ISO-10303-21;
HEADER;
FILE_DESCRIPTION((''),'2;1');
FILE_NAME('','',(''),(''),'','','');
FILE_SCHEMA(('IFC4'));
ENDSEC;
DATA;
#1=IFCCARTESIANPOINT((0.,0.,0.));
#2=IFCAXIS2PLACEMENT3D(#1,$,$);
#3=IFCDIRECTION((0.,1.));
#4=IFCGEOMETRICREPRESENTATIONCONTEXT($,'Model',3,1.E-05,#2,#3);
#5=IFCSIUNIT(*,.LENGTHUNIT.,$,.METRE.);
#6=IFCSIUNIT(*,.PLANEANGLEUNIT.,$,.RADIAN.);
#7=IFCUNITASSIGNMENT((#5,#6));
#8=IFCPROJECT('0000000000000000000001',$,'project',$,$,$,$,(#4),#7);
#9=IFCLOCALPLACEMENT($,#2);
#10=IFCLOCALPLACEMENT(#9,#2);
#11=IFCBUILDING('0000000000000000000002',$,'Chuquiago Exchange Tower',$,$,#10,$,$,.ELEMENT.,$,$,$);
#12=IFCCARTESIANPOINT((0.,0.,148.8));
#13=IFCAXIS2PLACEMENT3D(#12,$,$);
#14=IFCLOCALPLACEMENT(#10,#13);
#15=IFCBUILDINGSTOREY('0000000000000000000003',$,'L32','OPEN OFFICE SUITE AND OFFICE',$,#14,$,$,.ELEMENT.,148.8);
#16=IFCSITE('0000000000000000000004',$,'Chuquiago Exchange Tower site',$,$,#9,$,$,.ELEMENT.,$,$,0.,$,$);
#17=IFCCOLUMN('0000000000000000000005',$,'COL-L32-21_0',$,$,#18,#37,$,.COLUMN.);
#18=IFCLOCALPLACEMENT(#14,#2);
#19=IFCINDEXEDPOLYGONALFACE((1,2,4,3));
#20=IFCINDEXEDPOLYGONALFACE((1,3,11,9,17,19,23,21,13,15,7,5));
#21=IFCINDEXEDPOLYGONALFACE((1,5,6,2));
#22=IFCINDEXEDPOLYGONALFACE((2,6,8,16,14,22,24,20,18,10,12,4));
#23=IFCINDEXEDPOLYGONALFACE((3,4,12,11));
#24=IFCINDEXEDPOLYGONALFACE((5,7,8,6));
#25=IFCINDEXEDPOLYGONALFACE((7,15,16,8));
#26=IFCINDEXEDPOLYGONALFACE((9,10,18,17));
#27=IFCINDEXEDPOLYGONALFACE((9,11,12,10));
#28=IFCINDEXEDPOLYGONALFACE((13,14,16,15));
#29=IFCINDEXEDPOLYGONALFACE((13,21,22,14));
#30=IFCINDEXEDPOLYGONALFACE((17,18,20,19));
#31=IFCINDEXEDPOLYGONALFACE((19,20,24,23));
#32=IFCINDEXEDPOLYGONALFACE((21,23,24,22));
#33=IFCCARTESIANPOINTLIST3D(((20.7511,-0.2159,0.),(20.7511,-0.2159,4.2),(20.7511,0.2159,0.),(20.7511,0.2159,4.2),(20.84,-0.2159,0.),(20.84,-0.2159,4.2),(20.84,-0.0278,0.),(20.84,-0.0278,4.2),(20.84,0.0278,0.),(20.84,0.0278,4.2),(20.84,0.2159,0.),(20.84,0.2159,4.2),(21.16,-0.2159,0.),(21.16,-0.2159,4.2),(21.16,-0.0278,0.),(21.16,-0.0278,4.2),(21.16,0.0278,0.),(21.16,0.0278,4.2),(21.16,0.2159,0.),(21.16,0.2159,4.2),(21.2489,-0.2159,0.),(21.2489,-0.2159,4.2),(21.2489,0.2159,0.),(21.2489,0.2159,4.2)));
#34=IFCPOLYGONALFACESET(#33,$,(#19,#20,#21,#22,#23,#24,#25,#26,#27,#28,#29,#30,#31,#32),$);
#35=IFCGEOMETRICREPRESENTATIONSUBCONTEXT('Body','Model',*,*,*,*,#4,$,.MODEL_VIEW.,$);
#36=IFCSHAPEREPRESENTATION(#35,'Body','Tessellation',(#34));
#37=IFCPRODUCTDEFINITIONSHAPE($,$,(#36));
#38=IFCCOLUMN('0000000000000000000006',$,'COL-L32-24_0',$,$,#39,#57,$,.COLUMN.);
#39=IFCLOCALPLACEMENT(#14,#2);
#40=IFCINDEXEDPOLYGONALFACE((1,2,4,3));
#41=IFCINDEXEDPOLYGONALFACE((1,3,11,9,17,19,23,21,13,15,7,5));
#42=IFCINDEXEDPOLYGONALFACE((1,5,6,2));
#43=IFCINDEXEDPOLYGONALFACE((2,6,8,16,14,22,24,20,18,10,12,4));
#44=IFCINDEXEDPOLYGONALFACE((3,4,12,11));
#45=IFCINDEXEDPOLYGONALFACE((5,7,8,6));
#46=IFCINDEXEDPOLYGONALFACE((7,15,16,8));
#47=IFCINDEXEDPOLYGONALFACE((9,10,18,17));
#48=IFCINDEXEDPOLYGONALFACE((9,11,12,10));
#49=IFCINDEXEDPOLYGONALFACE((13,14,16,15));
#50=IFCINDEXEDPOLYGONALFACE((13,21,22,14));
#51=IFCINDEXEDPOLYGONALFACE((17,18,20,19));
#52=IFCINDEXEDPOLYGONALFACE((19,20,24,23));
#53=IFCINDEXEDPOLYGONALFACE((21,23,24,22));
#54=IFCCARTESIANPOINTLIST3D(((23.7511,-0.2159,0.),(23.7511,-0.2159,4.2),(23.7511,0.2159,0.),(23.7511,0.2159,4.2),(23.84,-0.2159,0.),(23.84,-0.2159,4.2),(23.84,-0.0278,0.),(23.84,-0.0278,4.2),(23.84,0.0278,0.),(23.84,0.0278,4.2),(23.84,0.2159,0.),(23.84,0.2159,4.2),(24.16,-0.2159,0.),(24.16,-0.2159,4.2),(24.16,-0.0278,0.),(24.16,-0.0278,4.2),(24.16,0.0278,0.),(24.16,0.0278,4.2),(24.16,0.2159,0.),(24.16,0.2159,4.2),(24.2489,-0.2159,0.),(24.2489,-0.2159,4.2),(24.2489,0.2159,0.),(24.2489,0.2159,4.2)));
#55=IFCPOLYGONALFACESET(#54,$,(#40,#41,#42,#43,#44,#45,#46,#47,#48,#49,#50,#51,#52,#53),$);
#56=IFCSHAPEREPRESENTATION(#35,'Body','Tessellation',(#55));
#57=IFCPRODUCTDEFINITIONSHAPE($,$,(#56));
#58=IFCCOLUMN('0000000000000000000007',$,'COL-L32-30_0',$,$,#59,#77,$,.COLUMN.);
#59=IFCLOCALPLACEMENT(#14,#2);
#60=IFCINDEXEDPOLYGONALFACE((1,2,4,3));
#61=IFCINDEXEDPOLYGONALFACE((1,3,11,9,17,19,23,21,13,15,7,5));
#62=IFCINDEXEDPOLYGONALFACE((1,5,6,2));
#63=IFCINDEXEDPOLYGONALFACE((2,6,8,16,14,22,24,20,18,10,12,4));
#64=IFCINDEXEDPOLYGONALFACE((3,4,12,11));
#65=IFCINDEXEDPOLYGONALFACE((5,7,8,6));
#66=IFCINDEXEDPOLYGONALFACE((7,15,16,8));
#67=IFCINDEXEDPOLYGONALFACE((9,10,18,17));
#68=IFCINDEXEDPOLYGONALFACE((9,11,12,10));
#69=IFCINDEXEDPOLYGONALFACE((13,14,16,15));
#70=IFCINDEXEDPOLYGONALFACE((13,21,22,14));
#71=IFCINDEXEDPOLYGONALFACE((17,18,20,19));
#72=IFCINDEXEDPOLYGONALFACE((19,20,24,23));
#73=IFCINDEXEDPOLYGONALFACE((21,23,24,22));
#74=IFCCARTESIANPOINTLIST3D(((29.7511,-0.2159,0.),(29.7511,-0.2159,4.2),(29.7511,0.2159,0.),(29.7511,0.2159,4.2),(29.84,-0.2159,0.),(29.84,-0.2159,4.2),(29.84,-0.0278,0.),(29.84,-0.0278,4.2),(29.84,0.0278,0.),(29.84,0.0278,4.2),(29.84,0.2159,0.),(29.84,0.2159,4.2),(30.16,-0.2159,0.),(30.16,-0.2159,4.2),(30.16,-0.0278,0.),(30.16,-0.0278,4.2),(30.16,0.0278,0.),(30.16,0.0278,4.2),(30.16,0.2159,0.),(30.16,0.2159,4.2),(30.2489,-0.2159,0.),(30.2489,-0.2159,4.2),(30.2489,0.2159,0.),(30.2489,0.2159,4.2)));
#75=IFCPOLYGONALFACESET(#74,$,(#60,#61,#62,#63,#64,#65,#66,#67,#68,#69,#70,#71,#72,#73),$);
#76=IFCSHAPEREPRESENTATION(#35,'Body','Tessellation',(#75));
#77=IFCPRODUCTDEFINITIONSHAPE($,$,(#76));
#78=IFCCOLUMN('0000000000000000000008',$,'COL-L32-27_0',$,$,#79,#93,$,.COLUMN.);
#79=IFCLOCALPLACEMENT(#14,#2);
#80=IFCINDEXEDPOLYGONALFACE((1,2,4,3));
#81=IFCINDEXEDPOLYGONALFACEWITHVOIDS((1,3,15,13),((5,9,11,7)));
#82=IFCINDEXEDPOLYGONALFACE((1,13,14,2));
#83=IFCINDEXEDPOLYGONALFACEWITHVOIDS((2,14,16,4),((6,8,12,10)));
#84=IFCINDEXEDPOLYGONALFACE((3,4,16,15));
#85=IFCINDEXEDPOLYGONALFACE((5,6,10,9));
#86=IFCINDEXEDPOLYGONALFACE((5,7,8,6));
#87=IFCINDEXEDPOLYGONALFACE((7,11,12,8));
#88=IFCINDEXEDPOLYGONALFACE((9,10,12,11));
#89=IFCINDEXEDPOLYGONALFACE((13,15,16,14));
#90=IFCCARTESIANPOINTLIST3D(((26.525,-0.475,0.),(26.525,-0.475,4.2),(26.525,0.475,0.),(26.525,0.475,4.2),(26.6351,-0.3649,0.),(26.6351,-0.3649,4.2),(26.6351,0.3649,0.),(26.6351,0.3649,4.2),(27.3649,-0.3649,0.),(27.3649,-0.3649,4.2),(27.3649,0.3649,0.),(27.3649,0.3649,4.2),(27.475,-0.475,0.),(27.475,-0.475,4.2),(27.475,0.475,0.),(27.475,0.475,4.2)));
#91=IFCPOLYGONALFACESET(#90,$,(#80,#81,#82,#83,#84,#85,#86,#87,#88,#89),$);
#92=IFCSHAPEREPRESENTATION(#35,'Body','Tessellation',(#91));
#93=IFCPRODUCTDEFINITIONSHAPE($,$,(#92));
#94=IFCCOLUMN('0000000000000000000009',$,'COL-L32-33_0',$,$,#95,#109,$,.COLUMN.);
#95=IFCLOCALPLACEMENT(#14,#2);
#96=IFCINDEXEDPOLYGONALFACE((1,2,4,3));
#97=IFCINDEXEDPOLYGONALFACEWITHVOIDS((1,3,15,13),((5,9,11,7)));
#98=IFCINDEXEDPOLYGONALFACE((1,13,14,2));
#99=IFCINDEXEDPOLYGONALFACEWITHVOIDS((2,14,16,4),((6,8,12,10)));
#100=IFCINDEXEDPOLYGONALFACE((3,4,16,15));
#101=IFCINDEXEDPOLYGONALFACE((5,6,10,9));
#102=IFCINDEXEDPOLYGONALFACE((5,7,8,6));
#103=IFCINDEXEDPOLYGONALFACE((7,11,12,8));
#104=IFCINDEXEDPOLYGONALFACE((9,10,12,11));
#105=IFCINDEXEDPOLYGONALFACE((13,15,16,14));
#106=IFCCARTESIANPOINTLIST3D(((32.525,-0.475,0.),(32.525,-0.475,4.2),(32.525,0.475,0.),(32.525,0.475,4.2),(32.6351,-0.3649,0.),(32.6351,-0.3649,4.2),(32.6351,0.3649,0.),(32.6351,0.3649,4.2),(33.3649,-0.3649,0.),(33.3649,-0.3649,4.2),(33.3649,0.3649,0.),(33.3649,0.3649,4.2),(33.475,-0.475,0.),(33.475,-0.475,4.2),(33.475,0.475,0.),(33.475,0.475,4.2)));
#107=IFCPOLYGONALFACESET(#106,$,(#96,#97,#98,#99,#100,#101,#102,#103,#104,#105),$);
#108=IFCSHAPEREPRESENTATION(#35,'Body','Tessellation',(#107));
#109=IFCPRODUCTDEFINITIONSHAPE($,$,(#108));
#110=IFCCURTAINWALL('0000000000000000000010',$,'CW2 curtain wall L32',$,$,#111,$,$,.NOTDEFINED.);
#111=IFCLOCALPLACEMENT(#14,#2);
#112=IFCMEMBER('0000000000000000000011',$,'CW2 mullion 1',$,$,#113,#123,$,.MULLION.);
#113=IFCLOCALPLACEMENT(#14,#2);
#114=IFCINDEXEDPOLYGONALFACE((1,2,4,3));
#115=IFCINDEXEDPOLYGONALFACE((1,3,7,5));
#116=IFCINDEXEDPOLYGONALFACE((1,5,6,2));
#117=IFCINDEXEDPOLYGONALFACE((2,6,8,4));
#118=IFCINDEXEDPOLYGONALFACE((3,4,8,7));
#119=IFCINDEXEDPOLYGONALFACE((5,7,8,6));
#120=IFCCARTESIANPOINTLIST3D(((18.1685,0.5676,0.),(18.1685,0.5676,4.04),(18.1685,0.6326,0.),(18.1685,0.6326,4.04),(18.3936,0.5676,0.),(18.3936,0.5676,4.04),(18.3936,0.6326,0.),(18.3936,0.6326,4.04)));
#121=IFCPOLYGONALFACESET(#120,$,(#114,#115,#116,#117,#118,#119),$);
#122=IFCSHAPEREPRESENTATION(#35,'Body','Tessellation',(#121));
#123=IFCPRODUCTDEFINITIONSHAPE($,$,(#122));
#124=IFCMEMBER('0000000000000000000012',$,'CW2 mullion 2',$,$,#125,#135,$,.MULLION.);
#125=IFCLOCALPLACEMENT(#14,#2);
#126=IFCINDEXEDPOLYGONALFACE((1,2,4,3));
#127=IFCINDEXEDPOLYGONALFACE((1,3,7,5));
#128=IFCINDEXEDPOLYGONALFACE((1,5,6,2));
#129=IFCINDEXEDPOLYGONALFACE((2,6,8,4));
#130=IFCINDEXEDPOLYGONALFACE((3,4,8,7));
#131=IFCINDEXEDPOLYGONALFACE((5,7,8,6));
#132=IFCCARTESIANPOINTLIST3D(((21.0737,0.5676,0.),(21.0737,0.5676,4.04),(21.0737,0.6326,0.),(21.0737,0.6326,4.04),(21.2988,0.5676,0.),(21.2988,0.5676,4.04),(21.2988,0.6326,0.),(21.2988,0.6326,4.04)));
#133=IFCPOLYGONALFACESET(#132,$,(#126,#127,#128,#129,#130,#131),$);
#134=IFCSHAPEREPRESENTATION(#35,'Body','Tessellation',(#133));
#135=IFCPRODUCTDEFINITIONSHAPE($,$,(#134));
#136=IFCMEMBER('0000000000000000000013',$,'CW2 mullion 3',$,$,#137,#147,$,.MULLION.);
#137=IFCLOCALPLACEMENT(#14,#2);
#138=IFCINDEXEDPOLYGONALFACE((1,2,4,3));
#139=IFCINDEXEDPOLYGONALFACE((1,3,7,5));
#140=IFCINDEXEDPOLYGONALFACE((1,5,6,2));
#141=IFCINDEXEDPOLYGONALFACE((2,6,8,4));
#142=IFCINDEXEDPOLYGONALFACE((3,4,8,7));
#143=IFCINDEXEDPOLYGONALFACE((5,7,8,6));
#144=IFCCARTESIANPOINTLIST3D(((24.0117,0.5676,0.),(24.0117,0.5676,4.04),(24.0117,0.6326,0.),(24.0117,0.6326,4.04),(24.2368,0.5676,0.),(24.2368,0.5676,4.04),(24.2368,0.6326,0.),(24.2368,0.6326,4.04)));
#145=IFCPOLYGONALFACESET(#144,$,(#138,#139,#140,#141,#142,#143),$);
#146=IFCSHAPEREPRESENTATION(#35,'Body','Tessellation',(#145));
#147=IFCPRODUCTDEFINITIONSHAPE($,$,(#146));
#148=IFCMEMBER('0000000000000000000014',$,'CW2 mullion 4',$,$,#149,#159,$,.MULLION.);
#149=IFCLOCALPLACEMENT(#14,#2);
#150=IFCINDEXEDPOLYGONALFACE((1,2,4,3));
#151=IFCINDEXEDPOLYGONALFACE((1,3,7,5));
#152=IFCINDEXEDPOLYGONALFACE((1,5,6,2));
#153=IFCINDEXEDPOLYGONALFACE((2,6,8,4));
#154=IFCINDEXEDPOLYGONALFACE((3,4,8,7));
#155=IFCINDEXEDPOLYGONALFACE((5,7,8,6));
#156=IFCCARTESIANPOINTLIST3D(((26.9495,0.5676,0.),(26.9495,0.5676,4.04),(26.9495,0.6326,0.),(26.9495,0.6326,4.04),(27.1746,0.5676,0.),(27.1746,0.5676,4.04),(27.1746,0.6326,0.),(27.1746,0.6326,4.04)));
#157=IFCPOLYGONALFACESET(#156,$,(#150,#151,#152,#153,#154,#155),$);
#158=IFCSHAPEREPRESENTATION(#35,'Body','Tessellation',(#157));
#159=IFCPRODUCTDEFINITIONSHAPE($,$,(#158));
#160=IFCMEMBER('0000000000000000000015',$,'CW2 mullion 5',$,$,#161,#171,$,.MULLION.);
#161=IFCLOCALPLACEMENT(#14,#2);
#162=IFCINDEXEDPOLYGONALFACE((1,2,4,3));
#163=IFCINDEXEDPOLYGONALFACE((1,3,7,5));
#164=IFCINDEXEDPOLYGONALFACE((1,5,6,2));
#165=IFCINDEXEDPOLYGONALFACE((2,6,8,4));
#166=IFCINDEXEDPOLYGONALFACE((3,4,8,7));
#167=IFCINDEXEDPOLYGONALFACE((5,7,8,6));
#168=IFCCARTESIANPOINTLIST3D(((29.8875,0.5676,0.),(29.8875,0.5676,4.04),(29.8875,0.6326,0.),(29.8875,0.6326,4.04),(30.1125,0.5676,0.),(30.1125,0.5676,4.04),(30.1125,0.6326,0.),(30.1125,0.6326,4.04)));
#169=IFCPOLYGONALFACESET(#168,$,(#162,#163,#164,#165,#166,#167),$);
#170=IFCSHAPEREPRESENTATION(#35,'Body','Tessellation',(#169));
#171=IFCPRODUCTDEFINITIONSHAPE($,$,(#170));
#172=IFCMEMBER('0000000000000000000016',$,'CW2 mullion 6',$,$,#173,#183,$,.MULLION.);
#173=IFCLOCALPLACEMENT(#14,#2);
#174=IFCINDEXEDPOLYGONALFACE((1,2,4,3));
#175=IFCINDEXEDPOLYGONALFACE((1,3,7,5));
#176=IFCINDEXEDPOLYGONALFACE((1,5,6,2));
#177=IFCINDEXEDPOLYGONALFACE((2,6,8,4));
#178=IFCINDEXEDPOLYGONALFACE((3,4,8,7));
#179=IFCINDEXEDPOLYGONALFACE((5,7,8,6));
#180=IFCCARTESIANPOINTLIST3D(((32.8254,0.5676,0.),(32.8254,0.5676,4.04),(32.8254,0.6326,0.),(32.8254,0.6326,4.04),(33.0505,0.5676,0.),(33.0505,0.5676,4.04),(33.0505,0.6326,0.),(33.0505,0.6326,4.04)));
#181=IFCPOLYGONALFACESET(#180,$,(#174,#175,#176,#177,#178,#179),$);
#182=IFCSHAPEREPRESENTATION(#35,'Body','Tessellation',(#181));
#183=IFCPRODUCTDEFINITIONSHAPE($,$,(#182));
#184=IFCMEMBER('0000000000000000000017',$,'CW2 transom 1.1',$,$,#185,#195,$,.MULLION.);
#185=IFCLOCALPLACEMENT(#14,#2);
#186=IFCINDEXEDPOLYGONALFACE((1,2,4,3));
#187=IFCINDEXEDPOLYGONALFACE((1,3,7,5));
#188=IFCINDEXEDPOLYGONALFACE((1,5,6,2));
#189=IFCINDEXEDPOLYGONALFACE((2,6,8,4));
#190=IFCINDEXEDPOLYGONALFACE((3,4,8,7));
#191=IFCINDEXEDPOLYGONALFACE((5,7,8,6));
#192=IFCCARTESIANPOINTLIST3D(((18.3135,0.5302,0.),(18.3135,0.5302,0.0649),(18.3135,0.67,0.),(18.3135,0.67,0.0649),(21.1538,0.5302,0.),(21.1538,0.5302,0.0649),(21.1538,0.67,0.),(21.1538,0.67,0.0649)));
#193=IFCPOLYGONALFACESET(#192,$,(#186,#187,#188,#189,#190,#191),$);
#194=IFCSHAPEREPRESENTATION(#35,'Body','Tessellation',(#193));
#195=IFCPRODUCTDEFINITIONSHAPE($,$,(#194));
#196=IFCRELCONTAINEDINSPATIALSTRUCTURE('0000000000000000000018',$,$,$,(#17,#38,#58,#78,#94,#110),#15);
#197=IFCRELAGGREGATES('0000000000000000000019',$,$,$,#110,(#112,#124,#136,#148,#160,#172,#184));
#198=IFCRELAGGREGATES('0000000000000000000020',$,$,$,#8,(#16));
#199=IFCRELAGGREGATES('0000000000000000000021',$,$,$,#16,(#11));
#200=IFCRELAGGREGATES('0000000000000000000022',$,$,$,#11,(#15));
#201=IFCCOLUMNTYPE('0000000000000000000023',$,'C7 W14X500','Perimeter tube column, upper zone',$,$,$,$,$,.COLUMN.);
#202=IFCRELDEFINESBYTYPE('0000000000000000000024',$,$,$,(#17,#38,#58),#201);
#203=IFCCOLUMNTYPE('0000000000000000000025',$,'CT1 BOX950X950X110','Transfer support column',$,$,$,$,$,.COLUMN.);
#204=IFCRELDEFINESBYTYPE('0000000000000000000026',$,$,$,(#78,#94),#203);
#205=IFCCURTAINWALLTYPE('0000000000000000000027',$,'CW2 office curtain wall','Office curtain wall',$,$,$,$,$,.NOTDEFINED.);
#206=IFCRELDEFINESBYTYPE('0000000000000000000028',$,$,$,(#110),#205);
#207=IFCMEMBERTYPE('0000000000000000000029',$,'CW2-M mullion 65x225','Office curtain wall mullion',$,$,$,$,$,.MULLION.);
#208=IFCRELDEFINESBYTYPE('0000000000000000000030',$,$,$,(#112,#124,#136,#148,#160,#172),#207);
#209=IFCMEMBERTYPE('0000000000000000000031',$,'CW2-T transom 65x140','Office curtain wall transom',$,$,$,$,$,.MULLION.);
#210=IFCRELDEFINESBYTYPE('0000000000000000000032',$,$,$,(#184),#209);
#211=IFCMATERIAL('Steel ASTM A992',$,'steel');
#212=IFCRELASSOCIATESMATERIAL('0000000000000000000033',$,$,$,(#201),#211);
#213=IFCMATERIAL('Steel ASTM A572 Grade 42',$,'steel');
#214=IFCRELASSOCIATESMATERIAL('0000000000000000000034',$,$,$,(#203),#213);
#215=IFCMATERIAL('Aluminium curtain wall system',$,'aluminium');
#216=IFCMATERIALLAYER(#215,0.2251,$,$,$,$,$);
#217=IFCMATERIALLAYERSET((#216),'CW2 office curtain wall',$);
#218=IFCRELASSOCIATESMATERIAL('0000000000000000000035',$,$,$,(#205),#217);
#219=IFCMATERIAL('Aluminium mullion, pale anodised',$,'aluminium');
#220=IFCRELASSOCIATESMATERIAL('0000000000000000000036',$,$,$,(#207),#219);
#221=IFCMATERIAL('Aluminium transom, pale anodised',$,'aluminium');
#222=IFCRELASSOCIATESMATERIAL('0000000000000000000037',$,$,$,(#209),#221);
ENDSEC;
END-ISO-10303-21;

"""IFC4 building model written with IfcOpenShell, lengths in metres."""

from ifc_helpers import new_model, si_unit, direction, frame, origin, origin_2d, place, context, subcontext, project, spatial, rectangle, hollow_rectangle, i_section, extrude, material, layer, layer_set, material_profile, profile_set, type_object, element, aggregate, save


model = new_model("IFC4")

# Units and contexts
model_context = context("Model", 3, precision=1e-05, world=origin(), true_north=direction((0.0, 1.0)))
body_context = subcontext(model_context, "Body", "Model", "MODEL_VIEW")
ifc_project = project(units=[si_unit("LENGTHUNIT", "METRE"), si_unit("PLANEANGLEUNIT", "RADIAN")], contexts=[model_context])

# Site, building, storey
site_placement = place(None, origin())
site = spatial("IfcSite", under=ifc_project, at=site_placement, Name="Chuquiago Exchange Tower site", CompositionType="ELEMENT", RefElevation=0.0)
building_placement = place(site_placement, origin())
building = spatial("IfcBuilding", under=site, at=building_placement, Name="Chuquiago Exchange Tower", CompositionType="ELEMENT")
storey_placement = place(building_placement, frame((0.0, 0.0, 148.8)))
storey = spatial("IfcBuildingStorey", under=building, at=storey_placement, Name="L32", Description="OPEN OFFICE SUITE AND OFFICE", CompositionType="ELEMENT", Elevation=148.8)

# Columns
ifc_material_1 = material(Name="Steel ASTM A992", Category="steel")
ifc_material_profile_1 = material_profile(ifc_material_1, i_section(OverallWidth=0.4319, OverallDepth=0.4978, WebThickness=0.0557, FlangeThickness=0.0889, at=origin_2d()), Name="W14X500")
ifc_profile_set_1 = profile_set([ifc_material_profile_1], Name="Steel ASTM A992")
column_type_1 = type_object("IfcColumnType", Name="C7 W14X500", Description="Perimeter tube column, upper zone", PredefinedType="COLUMN", material=ifc_profile_set_1)
for number, where, z_axis, x_axis, name in (
    (1, (21.0, 0.0, 0.0), (0.0, 0.0, 1.0), (0.0, -1.0, 0.0), "COL-L32-21_0"),
    (2, (24.0, 0.0, 0.0), (0.0, 0.0, 1.0), (0.0, -1.0, 0.0), "COL-L32-24_0"),
    (3, (30.0, 0.0, 0.0), (0.0, 0.0, 1.0), (0.0, -1.0, 0.0), "COL-L32-30_0"),
):
    element("IfcColumn", number, at=place(storey_placement, frame(where, z_axis=z_axis, x_axis=x_axis)), inside=storey, type_object=column_type_1, Name=name, PredefinedType="COLUMN", context=body_context, shape_type="SweptSolid", body=[
        extrude(i_section(OverallWidth=0.4319, OverallDepth=0.4978, WebThickness=0.0557, FlangeThickness=0.0889, at=origin_2d()), origin(), (0.0, 0.0, 1.0), 4.2),
    ])
ifc_material_2 = material(Name="Steel ASTM A572 Grade 42", Category="steel")
ifc_material_profile_2 = material_profile(ifc_material_2, hollow_rectangle(XDim=0.95, YDim=0.95, WallThickness=0.1101, at=origin_2d()), Name="BOX950X950X110")
ifc_profile_set_2 = profile_set([ifc_material_profile_2], Name="Steel ASTM A572 Grade 42")
column_type_2 = type_object("IfcColumnType", Name="CT1 BOX950X950X110", Description="Transfer support column", PredefinedType="COLUMN", material=ifc_profile_set_2)
for number, where, z_axis, x_axis, name in (
    (4, (27.0, 0.0, 0.0), (0.0, 0.0, 1.0), (0.0, -1.0, 0.0), "COL-L32-27_0"),
    (5, (33.0, 0.0, 0.0), (0.0, 0.0, 1.0), (0.0, -1.0, 0.0), "COL-L32-33_0"),
):
    element("IfcColumn", number, at=place(storey_placement, frame(where, z_axis=z_axis, x_axis=x_axis)), inside=storey, type_object=column_type_2, Name=name, PredefinedType="COLUMN", context=body_context, shape_type="SweptSolid", body=[
        extrude(hollow_rectangle(XDim=0.95, YDim=0.95, WallThickness=0.1101, at=origin_2d()), origin(), (0.0, 0.0, 1.0), 4.2),
    ])

# Curtain wall, members
ifc_material_3 = material(Name="Aluminium curtain wall system", Category="aluminium")
ifc_layer_1 = layer(ifc_material_3, 0.2251)
ifc_layer_set_1 = layer_set([ifc_layer_1], Name="CW2 office curtain wall")
curtain_wall_type_1 = type_object("IfcCurtainWallType", Name="CW2 office curtain wall", Description="Office curtain wall", PredefinedType="NOTDEFINED", material=ifc_layer_set_1)
curtain_wall_1_placement = place(storey_placement, origin())
curtain_wall_1 = element("IfcCurtainWall", 6, at=curtain_wall_1_placement, inside=storey, type_object=curtain_wall_type_1, Name="CW2 curtain wall L32", PredefinedType="NOTDEFINED")
ifc_material_4 = material(Name="Aluminium mullion, pale anodised", Category="aluminium")
ifc_material_profile_3 = material_profile(ifc_material_4, rectangle(XDim=0.0649, YDim=0.2251, at=origin_2d()), Name="AL 65x225")
ifc_profile_set_3 = profile_set([ifc_material_profile_3], Name="Aluminium mullion, pale anodised")
member_type_1 = type_object("IfcMemberType", Name="CW2-M mullion 65x225", Description="Office curtain wall mullion", PredefinedType="MULLION", material=ifc_profile_set_3)
member_1_placement = place(storey_placement, frame((18.281, 0.6001, 0.0), z_axis=(0.0, 0.0, 1.0), x_axis=(0.0, 1.0, 0.0)))
member_1 = element("IfcMember", 7, at=member_1_placement, type_object=member_type_1, Name="CW2 mullion 1", PredefinedType="MULLION", context=body_context, shape_type="SweptSolid", body=[
    extrude(rectangle(XDim=0.0649, YDim=0.2251, at=origin_2d()), origin(), (0.0, 0.0, 1.0), 4.04),
])
member_2_placement = place(storey_placement, frame((21.1863, 0.6001, 0.0), z_axis=(0.0, 0.0, 1.0), x_axis=(0.0, 1.0, 0.0)))
member_2 = element("IfcMember", 8, at=member_2_placement, type_object=member_type_1, Name="CW2 mullion 2", PredefinedType="MULLION", context=body_context, shape_type="SweptSolid", body=[
    extrude(rectangle(XDim=0.0649, YDim=0.2251, at=origin_2d()), origin(), (0.0, 0.0, 1.0), 4.04),
])
member_3_placement = place(storey_placement, frame((24.1243, 0.6001, 0.0), z_axis=(0.0, 0.0, 1.0), x_axis=(0.0, 1.0, 0.0)))
member_3 = element("IfcMember", 9, at=member_3_placement, type_object=member_type_1, Name="CW2 mullion 3", PredefinedType="MULLION", context=body_context, shape_type="SweptSolid", body=[
    extrude(rectangle(XDim=0.0649, YDim=0.2251, at=origin_2d()), origin(), (0.0, 0.0, 1.0), 4.04),
])
member_4_placement = place(storey_placement, frame((27.062, 0.6001, 0.0), z_axis=(0.0, 0.0, 1.0), x_axis=(0.0, 1.0, 0.0)))
member_4 = element("IfcMember", 10, at=member_4_placement, type_object=member_type_1, Name="CW2 mullion 4", PredefinedType="MULLION", context=body_context, shape_type="SweptSolid", body=[
    extrude(rectangle(XDim=0.0649, YDim=0.2251, at=origin_2d()), origin(), (0.0, 0.0, 1.0), 4.04),
])
member_5_placement = place(storey_placement, frame((30.0, 0.6001, 0.0), z_axis=(0.0, 0.0, 1.0), x_axis=(0.0, 1.0, 0.0)))
member_5 = element("IfcMember", 11, at=member_5_placement, type_object=member_type_1, Name="CW2 mullion 5", PredefinedType="MULLION", context=body_context, shape_type="SweptSolid", body=[
    extrude(rectangle(XDim=0.0649, YDim=0.2251, at=origin_2d()), origin(), (0.0, 0.0, 1.0), 4.04),
])
member_6_placement = place(storey_placement, frame((32.938, 0.6001, 0.0), z_axis=(0.0, 0.0, 1.0), x_axis=(0.0, 1.0, 0.0)))
member_6 = element("IfcMember", 12, at=member_6_placement, type_object=member_type_1, Name="CW2 mullion 6", PredefinedType="MULLION", context=body_context, shape_type="SweptSolid", body=[
    extrude(rectangle(XDim=0.0649, YDim=0.2251, at=origin_2d()), origin(), (0.0, 0.0, 1.0), 4.04),
])
ifc_material_5 = material(Name="Aluminium transom, pale anodised", Category="aluminium")
ifc_material_profile_4 = material_profile(ifc_material_5, rectangle(XDim=0.1399, YDim=0.0649, at=origin_2d()), Name="AL 140x65")
ifc_profile_set_4 = profile_set([ifc_material_profile_4], Name="Aluminium transom, pale anodised")
member_type_2 = type_object("IfcMemberType", Name="CW2-T transom 65x140", Description="Office curtain wall transom", PredefinedType="MULLION", material=ifc_profile_set_4)
member_7_placement = place(storey_placement, frame((18.3135, 0.6001, 0.0325), z_axis=(1.0, 0.0, 0.0), x_axis=(0.0, 1.0, 0.0)))
member_7 = element("IfcMember", 13, at=member_7_placement, type_object=member_type_2, Name="CW2 transom 1.1", PredefinedType="MULLION", context=body_context, shape_type="SweptSolid", body=[
    extrude(rectangle(XDim=0.1399, YDim=0.0649, at=origin_2d()), origin(), (0.0, 0.0, 1.0), 2.8403),
])

aggregate(curtain_wall_1, [member_1, member_2, member_3, member_4, member_5, member_6, member_7])

save(model, "model.ifc")
